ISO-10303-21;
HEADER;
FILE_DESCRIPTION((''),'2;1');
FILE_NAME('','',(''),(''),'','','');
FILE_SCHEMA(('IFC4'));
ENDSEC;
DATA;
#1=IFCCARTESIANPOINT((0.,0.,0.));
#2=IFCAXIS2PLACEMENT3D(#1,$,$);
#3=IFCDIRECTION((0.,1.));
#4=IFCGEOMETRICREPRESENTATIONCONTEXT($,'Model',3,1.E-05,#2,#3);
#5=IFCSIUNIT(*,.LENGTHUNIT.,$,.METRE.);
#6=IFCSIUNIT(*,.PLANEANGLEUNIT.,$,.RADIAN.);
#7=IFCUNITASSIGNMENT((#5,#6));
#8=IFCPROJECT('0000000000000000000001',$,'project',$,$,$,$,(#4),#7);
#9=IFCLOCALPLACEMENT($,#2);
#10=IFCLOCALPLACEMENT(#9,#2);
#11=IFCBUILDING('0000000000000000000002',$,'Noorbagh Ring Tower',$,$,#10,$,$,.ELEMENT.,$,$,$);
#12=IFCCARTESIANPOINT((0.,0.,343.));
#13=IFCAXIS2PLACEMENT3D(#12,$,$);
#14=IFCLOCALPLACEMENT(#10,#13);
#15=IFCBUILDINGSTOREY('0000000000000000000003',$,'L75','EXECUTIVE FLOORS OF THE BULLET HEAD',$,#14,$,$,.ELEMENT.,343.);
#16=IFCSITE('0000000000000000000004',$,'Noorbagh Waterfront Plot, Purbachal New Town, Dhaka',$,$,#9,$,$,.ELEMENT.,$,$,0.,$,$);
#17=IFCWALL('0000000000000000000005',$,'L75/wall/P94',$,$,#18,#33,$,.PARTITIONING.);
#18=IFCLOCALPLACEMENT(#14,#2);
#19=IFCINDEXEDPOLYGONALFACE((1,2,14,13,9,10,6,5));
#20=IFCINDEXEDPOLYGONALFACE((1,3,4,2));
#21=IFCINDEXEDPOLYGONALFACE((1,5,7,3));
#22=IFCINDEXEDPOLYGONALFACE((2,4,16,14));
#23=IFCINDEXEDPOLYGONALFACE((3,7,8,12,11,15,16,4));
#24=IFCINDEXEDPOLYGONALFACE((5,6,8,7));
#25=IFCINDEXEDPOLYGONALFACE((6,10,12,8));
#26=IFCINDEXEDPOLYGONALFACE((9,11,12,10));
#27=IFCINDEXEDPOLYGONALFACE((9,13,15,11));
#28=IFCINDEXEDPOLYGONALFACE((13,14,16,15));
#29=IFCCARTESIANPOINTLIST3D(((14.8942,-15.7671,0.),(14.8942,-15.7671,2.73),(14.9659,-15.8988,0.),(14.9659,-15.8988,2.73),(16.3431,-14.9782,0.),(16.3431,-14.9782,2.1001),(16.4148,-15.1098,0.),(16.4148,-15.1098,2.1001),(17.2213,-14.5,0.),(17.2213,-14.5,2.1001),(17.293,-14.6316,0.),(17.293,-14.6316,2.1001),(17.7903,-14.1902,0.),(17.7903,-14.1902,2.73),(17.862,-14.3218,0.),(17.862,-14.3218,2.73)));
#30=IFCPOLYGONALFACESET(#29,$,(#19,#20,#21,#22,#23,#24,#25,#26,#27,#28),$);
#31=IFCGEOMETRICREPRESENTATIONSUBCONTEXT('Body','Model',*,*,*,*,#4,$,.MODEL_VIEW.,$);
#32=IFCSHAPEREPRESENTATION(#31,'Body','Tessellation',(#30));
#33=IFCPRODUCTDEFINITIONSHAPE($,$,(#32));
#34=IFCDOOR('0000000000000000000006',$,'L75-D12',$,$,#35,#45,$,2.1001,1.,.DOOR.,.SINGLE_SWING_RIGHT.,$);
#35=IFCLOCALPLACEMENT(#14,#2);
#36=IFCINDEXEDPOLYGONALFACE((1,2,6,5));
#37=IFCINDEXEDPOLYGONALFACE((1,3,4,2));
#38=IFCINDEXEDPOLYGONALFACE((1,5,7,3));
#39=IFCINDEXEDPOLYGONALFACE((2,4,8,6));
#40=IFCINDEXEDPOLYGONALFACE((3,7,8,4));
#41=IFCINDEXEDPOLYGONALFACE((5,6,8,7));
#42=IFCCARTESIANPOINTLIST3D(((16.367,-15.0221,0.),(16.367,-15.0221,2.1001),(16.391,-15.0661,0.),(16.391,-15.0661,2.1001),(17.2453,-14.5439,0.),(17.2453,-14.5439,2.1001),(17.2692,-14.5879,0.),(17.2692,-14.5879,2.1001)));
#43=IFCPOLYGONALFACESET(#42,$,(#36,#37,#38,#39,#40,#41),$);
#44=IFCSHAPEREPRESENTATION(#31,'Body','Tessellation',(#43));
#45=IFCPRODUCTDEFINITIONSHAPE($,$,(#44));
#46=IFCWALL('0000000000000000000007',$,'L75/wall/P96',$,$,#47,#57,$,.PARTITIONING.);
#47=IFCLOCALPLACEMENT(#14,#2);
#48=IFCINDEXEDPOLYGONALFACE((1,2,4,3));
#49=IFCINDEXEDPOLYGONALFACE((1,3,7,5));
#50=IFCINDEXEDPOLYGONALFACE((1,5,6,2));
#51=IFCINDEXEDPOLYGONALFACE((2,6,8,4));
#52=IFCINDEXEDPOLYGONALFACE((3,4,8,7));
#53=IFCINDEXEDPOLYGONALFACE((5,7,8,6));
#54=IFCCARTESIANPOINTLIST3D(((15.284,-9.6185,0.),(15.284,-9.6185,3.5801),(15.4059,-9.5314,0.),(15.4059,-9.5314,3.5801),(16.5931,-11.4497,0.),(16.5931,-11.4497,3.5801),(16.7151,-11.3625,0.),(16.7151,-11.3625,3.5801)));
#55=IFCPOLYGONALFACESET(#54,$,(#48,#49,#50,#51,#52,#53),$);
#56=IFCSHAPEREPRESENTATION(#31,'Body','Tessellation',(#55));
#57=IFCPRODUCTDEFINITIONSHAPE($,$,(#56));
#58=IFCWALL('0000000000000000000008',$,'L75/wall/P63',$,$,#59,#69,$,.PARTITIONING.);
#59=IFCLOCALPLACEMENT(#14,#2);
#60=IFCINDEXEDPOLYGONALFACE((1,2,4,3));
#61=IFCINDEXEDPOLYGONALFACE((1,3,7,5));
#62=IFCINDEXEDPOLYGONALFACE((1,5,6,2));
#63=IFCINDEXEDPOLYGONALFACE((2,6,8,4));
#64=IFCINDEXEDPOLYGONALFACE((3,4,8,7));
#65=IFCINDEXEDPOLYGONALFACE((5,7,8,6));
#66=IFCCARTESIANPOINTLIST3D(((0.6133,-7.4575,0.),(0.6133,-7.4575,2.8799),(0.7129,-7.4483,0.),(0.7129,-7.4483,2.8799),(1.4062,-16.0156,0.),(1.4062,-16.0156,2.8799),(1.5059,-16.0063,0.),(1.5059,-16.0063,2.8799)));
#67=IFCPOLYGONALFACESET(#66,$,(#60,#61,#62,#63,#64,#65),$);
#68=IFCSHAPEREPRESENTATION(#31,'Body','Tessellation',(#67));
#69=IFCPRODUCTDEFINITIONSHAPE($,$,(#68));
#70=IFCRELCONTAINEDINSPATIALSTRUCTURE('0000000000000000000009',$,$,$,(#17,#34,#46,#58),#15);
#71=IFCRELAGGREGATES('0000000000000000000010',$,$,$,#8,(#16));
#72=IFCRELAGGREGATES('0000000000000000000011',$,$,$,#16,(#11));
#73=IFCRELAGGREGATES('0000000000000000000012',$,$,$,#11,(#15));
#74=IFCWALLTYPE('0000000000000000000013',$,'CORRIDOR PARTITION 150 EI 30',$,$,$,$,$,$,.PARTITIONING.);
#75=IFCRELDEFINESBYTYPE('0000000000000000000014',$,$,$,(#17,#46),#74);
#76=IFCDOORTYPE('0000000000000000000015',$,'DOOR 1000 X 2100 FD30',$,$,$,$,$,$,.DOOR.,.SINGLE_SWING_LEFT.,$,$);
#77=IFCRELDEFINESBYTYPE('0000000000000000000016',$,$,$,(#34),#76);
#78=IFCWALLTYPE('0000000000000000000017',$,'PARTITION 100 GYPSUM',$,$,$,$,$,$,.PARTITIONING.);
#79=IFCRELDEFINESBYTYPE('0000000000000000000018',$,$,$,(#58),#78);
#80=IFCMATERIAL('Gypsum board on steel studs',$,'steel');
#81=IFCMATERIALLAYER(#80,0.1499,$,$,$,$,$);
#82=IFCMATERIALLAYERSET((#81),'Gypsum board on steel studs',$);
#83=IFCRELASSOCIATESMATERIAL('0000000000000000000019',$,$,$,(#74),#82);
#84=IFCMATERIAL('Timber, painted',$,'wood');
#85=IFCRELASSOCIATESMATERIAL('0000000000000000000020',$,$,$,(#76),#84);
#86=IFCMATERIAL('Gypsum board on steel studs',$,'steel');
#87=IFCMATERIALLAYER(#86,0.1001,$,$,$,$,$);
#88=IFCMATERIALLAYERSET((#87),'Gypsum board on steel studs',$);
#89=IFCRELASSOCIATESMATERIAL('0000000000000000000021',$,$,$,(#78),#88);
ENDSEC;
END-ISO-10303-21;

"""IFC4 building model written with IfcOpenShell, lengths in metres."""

from ifc_helpers import new_model, si_unit, direction, frame, frame_2d, origin, place, context, subcontext, project, spatial, rectangle, extrude, material, layer, layer_set, type_object, element, fill, save


model = new_model("IFC4")

# Units and contexts
model_context = context("Model", 3, precision=1e-05, world=origin(), true_north=direction((0.0, 1.0)))
body_context = subcontext(model_context, "Body", "Model", "MODEL_VIEW")
ifc_project = project(units=[si_unit("LENGTHUNIT", "METRE"), si_unit("PLANEANGLEUNIT", "RADIAN")], contexts=[model_context])

# Site, building, storey
site_placement = place(None, origin())
site = spatial("IfcSite", under=ifc_project, at=site_placement, Name="Noorbagh Waterfront Plot, Purbachal New Town, Dhaka", CompositionType="ELEMENT", RefElevation=0.0)
building_placement = place(site_placement, origin())
building = spatial("IfcBuilding", under=site, at=building_placement, Name="Noorbagh Ring Tower", CompositionType="ELEMENT")
storey_placement = place(building_placement, frame((0.0, 0.0, 343.0)))
storey = spatial("IfcBuildingStorey", under=building, at=storey_placement, Name="L75", Description="EXECUTIVE FLOORS OF THE BULLET HEAD", CompositionType="ELEMENT", Elevation=343.0)

# Shared definitions
ifc_material_1 = material(Name="Gypsum board on steel studs", Category="steel")
ifc_layer_1 = layer(ifc_material_1, 0.1499)
ifc_layer_set_1 = layer_set([ifc_layer_1], Name="Gypsum board on steel studs")
wall_type_1 = type_object("IfcWallType", Name="CORRIDOR PARTITION 150 EI 30", PredefinedType="PARTITIONING", material=ifc_layer_set_1)
ifc_material_2 = material(Name="Timber, painted", Category="wood")
door_type = type_object("IfcDoorType", Name="DOOR 1000 X 2100 FD30", OperationType="SINGLE_SWING_LEFT", PredefinedType="DOOR", material=ifc_material_2)

# Wall, opening, door
wall_1_placement = place(storey_placement, frame((14.9299, -15.833, 0.0), z_axis=(0.0, 0.0, 1.0), x_axis=(0.878243, 0.478214, 0.0)))
wall_1 = element("IfcWall", 1, at=wall_1_placement, inside=storey, type_object=wall_type_1, Name="L75/wall/P94", PredefinedType="PARTITIONING", context=body_context, shape_type="SweptSolid", body=[
    extrude(rectangle(XDim=3.2976, YDim=0.1499, at=frame_2d((1.6489, 0.0))), origin(), (0.0, 0.0, 1.0), 2.73),
])
opening_1_placement = place(wall_1_placement, frame((1.6499, 0.0, 0.0)))
opening_1 = element("IfcOpeningElement", 2, at=opening_1_placement, cuts=wall_1, PredefinedType="OPENING", context=body_context, shape_type="SweptSolid", body=[
    extrude(rectangle(XDim=1.0, YDim=2.1001, at=frame_2d((0.5, 1.05))), frame((0.0, 0.085, 0.0), z_axis=(0.0, -1.0, 0.0), x_axis=(1.0, 0.0, 0.0)), (0.0, 0.0, 1.0), 0.1699),
])
door_1_placement = place(opening_1_placement, origin())
door_1 = element("IfcDoor", 3, at=door_1_placement, inside=storey, type_object=door_type, Name="L75-D12", OperationType="SINGLE_SWING_RIGHT", OverallHeight=2.1001, OverallWidth=1.0, PredefinedType="DOOR", context=body_context, shape_type="SweptSolid", body=[
    extrude(rectangle(XDim=1.0, YDim=2.1001, at=frame_2d((0.5, 1.05))), frame((0.0, 0.0249, 0.0), z_axis=(0.0, -1.0, 0.0), x_axis=(1.0, 0.0, 0.0)), (0.0, 0.0, 1.0), 0.05),
])
fill(opening_1, door_1)

# Walls
wall_2_placement = place(storey_placement, frame((15.345, -9.575, 0.0), z_axis=(0.0, 0.0, 1.0), x_axis=(0.581587, -0.813484, 0.0)))
element("IfcWall", 4, at=wall_2_placement, inside=storey, type_object=wall_type_1, Name="L75/wall/P96", PredefinedType="PARTITIONING", context=body_context, shape_type="SweptSolid", body=[
    extrude(rectangle(XDim=2.251, YDim=0.1499, at=frame_2d((1.1255, 0.0))), origin(), (0.0, 0.0, 1.0), 3.5801),
])
ifc_material_3 = material(Name="Gypsum board on steel studs", Category="steel")
ifc_layer_2 = layer(ifc_material_3, 0.1001)
ifc_layer_set_2 = layer_set([ifc_layer_2], Name="Gypsum board on steel studs")
wall_type_2 = type_object("IfcWallType", Name="PARTITION 100 GYPSUM", PredefinedType="PARTITIONING", material=ifc_layer_set_2)
wall_3_placement = place(storey_placement, frame((0.6631, -7.4529, 0.0), z_axis=(0.0, 0.0, 1.0), x_axis=(0.092262, -0.995735, 0.0)))
element("IfcWall", 5, at=wall_3_placement, inside=storey, type_object=wall_type_2, Name="L75/wall/P63", PredefinedType="PARTITIONING", context=body_context, shape_type="SweptSolid", body=[
    extrude(rectangle(XDim=8.5947, YDim=0.1001, at=frame_2d((4.2974, 0.0))), origin(), (0.0, 0.0, 1.0), 2.8799),
])

save(model, "model.ifc")
